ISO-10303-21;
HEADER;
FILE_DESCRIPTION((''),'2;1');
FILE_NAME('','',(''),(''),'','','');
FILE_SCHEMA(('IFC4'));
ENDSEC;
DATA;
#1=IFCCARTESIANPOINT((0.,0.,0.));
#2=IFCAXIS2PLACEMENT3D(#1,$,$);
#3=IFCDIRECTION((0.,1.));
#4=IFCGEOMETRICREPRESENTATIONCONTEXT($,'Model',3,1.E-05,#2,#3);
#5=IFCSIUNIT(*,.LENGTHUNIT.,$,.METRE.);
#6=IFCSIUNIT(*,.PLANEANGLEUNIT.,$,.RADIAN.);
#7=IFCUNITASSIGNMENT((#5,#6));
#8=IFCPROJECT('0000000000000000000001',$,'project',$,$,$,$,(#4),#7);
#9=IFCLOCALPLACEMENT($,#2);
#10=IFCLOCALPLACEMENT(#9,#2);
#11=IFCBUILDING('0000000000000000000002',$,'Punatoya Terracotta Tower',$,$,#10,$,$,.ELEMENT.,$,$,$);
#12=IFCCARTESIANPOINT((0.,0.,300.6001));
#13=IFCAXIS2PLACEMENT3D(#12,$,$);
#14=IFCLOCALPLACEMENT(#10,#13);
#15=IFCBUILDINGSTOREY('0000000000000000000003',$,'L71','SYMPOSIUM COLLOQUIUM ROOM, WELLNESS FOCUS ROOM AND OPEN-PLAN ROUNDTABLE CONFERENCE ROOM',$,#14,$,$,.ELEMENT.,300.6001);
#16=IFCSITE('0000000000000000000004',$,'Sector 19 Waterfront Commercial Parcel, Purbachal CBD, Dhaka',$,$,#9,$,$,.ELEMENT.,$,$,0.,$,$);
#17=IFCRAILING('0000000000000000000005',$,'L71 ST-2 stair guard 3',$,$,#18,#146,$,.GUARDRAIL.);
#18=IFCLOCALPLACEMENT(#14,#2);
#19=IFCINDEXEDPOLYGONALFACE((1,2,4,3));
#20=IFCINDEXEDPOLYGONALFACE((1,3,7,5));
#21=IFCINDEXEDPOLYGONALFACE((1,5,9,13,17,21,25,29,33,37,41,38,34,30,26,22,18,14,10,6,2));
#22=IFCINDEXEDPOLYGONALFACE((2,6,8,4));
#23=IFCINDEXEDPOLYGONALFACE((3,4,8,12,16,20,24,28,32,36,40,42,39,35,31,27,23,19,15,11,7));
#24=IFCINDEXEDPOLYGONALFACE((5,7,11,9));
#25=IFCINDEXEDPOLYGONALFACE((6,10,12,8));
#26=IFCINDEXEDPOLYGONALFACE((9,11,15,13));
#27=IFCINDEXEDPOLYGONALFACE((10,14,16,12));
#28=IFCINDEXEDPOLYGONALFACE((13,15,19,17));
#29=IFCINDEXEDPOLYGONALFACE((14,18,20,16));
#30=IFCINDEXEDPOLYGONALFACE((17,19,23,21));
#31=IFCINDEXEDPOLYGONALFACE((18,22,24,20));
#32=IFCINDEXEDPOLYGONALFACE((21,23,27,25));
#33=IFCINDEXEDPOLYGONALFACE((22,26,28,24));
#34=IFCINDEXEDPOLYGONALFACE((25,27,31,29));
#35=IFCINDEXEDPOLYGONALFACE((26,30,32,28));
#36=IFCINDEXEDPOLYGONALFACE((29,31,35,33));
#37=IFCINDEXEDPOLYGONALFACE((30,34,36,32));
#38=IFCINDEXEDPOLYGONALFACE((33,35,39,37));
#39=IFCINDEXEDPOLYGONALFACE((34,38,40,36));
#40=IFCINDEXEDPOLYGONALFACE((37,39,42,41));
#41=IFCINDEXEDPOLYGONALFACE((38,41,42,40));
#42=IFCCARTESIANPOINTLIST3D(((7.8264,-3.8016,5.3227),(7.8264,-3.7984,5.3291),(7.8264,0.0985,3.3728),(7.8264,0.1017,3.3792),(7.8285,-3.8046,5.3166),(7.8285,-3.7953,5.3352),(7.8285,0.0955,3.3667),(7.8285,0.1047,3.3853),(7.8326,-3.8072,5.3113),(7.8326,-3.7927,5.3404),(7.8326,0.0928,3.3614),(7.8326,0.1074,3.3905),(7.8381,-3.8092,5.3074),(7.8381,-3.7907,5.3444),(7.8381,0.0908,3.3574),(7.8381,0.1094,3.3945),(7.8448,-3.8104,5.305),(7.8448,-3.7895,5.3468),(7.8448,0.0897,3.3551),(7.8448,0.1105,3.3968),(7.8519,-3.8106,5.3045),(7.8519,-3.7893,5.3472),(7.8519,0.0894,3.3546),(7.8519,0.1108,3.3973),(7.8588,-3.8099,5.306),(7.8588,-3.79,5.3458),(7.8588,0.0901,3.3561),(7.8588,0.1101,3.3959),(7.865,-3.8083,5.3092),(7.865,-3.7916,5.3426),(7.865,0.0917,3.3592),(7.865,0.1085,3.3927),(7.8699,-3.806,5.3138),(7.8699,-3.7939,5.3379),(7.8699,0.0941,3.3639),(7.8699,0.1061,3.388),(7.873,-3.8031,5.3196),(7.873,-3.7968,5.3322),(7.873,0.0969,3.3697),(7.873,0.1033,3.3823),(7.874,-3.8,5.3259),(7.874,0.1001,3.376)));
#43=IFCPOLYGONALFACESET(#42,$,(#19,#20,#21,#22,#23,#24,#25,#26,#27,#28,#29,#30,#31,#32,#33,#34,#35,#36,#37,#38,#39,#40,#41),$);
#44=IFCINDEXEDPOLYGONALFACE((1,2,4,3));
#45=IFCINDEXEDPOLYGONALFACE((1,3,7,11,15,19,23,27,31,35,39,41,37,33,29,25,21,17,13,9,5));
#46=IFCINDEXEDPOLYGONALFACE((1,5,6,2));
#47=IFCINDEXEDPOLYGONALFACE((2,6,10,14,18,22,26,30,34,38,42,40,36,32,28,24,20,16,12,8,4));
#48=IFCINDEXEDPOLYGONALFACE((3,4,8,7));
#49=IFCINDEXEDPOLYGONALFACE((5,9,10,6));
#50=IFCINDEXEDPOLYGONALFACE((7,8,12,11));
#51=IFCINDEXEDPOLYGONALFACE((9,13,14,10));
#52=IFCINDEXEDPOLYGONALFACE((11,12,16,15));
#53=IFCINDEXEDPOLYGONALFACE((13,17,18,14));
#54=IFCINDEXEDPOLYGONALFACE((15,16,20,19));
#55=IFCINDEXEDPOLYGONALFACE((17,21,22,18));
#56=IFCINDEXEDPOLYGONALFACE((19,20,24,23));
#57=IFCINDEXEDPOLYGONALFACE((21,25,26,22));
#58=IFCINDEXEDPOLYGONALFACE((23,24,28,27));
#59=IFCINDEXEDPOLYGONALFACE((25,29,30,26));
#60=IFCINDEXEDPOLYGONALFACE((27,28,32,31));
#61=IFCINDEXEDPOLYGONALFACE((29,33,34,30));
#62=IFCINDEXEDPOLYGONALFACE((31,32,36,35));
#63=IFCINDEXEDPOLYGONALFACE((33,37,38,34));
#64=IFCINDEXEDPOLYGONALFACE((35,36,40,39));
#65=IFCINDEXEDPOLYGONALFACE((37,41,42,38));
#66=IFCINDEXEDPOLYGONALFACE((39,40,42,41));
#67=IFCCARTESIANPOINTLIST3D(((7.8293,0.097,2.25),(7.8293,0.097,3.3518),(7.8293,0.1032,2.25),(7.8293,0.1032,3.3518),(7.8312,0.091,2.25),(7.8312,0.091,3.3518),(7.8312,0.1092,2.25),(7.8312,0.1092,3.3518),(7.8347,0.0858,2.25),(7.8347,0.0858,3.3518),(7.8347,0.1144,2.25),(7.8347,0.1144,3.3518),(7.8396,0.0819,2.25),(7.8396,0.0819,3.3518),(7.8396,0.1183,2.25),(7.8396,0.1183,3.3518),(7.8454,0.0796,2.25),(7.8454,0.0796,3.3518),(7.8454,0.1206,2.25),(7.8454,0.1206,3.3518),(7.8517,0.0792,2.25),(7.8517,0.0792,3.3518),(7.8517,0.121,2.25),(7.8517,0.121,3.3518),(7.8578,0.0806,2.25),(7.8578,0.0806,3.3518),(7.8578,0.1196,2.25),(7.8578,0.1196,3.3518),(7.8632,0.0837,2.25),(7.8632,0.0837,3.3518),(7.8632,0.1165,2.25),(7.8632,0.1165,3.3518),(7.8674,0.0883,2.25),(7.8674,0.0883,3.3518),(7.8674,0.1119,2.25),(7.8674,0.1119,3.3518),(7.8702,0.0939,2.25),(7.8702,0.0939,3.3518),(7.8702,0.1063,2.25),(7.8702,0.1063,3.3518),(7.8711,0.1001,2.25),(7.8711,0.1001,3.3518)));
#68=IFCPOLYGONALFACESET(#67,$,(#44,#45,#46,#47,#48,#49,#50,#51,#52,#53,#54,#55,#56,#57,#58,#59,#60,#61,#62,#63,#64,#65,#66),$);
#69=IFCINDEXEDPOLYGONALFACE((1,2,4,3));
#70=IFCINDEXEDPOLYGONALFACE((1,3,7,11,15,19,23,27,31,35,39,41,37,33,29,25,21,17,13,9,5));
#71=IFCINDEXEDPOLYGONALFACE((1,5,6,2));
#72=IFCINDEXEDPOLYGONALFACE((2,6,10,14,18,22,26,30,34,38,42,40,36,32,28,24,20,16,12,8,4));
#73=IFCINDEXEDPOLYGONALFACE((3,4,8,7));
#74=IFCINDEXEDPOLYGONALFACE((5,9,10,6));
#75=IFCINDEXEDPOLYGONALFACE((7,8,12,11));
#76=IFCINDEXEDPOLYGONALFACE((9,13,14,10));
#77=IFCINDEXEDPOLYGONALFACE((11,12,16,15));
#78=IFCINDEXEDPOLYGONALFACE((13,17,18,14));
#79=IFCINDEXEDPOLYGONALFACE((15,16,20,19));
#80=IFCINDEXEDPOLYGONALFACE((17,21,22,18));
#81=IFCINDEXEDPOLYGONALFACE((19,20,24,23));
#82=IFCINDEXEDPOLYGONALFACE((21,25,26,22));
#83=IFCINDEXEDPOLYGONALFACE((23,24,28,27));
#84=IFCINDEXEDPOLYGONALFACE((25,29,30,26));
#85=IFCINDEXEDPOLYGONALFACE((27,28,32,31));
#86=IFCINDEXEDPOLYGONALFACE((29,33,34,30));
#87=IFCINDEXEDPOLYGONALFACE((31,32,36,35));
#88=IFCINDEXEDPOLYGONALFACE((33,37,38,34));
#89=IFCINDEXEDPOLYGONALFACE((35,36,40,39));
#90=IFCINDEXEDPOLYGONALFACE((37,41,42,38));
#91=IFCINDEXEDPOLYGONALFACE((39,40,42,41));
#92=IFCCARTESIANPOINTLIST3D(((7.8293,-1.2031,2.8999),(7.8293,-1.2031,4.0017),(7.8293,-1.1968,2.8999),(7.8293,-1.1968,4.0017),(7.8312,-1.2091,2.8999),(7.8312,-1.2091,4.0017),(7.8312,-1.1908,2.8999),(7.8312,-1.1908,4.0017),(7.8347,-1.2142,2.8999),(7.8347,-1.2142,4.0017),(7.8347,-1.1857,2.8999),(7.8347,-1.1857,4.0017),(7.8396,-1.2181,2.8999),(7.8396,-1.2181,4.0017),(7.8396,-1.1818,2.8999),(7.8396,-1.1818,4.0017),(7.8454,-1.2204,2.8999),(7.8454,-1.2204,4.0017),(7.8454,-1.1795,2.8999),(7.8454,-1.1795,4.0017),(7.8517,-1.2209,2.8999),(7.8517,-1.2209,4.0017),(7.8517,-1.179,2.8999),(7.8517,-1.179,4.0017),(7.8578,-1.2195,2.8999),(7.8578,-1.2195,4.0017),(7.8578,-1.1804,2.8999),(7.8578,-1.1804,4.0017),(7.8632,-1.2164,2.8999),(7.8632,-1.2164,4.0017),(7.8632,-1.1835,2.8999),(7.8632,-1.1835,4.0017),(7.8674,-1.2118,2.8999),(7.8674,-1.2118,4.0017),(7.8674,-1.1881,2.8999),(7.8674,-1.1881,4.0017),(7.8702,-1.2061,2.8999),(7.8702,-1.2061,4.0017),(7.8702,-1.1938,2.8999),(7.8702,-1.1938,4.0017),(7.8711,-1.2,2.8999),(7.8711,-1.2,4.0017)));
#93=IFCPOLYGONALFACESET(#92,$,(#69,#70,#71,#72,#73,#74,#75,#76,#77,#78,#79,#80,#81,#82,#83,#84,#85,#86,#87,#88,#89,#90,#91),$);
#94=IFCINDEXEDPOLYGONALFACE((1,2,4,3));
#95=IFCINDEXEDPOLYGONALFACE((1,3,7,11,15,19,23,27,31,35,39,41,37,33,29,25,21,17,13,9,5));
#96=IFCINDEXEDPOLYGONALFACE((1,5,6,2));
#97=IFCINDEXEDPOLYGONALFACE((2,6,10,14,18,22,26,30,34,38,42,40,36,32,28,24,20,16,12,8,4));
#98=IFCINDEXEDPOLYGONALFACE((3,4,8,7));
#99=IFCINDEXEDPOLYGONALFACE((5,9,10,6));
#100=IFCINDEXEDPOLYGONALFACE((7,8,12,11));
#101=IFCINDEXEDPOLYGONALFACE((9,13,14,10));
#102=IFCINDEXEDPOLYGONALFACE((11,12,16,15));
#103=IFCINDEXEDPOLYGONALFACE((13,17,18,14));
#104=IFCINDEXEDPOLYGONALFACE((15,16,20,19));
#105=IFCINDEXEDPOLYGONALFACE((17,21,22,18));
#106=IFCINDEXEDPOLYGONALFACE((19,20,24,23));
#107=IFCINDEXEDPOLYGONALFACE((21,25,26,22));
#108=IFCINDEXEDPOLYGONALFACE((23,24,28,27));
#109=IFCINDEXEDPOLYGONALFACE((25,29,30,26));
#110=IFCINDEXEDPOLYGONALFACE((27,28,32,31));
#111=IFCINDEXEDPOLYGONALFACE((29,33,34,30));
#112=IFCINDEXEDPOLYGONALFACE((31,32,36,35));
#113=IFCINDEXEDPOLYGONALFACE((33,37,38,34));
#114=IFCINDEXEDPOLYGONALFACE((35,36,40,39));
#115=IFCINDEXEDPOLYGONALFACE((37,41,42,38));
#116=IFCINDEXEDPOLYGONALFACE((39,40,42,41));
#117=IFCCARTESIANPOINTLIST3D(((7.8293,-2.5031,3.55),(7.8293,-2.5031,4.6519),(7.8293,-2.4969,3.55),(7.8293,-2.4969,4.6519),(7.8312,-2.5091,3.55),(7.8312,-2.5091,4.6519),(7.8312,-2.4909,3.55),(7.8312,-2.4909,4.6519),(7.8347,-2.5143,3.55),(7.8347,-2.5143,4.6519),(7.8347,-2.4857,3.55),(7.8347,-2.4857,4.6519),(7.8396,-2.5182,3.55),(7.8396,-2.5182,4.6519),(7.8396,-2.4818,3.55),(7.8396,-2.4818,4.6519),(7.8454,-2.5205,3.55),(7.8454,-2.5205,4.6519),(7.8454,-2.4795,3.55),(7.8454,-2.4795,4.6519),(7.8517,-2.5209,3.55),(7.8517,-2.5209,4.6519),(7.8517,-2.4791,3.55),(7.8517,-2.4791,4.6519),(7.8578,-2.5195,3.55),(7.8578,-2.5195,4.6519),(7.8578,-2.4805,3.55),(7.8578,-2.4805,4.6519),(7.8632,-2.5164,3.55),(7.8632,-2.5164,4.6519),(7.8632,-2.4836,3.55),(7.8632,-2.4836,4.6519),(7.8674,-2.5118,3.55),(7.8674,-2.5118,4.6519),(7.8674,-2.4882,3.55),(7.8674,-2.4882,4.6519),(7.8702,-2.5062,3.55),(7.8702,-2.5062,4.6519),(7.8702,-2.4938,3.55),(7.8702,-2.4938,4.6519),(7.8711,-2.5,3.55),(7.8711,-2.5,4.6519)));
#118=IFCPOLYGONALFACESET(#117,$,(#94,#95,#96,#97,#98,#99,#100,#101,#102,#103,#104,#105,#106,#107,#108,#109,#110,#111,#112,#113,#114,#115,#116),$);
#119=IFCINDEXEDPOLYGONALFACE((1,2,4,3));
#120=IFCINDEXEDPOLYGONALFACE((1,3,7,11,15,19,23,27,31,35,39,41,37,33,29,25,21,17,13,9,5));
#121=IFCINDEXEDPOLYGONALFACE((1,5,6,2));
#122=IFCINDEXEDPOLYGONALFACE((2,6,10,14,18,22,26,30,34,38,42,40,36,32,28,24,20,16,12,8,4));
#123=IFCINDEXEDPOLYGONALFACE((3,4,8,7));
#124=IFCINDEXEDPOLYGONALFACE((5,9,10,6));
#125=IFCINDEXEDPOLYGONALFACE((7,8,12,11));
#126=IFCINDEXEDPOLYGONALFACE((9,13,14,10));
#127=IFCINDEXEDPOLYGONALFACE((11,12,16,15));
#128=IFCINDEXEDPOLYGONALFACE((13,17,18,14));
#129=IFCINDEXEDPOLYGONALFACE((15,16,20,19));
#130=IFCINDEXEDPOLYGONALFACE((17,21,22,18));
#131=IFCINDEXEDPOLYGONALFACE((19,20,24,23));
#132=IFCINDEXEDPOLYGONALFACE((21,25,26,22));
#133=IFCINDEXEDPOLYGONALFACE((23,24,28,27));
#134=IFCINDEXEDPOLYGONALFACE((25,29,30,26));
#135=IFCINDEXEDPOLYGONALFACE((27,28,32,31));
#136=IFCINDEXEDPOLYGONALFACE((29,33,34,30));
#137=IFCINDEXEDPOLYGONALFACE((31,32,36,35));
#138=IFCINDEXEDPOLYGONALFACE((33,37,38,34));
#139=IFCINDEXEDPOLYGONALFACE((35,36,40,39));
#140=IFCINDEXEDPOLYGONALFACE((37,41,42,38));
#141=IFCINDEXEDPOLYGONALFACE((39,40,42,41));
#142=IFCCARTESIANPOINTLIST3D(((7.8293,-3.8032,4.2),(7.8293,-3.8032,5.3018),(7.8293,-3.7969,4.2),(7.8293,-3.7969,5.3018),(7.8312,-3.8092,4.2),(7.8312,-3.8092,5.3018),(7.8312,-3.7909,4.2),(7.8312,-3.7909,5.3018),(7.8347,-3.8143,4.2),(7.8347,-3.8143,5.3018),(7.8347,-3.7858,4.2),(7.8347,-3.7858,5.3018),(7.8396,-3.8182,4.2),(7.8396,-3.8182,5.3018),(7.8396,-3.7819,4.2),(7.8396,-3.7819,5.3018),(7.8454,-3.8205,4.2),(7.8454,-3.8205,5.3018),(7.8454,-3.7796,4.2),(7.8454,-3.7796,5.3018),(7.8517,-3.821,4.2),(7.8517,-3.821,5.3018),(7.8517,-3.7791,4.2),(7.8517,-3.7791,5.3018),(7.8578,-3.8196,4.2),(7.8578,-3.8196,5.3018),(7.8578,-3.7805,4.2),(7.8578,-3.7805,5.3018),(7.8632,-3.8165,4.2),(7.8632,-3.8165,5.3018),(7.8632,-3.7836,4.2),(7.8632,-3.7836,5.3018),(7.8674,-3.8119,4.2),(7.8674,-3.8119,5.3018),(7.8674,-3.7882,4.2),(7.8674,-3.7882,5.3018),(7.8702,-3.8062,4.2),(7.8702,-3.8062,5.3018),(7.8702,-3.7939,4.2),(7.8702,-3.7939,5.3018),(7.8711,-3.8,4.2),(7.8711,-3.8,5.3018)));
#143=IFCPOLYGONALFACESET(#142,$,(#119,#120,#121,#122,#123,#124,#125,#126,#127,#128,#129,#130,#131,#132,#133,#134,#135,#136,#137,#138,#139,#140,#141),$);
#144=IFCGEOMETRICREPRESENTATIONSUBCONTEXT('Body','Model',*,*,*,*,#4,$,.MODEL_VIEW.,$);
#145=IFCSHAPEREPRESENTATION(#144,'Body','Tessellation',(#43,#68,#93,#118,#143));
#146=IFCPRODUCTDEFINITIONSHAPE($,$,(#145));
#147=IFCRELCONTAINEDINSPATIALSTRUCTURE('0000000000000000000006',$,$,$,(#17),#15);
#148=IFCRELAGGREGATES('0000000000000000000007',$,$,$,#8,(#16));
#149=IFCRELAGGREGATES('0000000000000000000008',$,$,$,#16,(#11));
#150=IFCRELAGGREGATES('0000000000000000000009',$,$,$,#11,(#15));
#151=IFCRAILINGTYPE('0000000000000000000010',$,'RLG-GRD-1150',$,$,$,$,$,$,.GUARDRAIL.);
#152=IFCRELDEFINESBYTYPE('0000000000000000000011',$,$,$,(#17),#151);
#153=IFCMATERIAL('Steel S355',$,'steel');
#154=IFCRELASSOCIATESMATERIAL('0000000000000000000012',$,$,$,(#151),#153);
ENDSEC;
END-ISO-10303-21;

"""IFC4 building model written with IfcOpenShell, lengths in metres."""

from ifc_helpers import new_model, si_unit, direction, frame, origin, origin_2d, place, context, subcontext, project, spatial, circle, extrude, material, type_object, element, save


model = new_model("IFC4")

# Units and contexts
model_context = context("Model", 3, precision=1e-05, world=origin(), true_north=direction((0.0, 1.0)))
body_context = subcontext(model_context, "Body", "Model", "MODEL_VIEW")
ifc_project = project(units=[si_unit("LENGTHUNIT", "METRE"), si_unit("PLANEANGLEUNIT", "RADIAN")], contexts=[model_context])

# Site, building, storey
site_placement = place(None, origin())
site = spatial("IfcSite", under=ifc_project, at=site_placement, Name="Sector 19 Waterfront Commercial Parcel, Purbachal CBD, Dhaka", CompositionType="ELEMENT", RefElevation=0.0)
building_placement = place(site_placement, origin())
building = spatial("IfcBuilding", under=site, at=building_placement, Name="Punatoya Terracotta Tower", CompositionType="ELEMENT")
storey_placement = place(building_placement, frame((0.0, 0.0, 300.6001)))
storey = spatial("IfcBuildingStorey", under=building, at=storey_placement, Name="L71", Description="SYMPOSIUM COLLOQUIUM ROOM, WELLNESS FOCUS ROOM AND OPEN-PLAN ROUNDTABLE CONFERENCE ROOM", CompositionType="ELEMENT", Elevation=300.6001)

# Shared definitions
ifc_material_1 = material(Name="Steel S355", Category="steel")

# Railing
railing_type_1 = type_object("IfcRailingType", Name="RLG-GRD-1150", PredefinedType="GUARDRAIL", material=ifc_material_1)
railing_1_placement = place(storey_placement, frame((7.8501, 0.1001, 2.25)))
element("IfcRailing", 1, at=railing_1_placement, inside=storey, type_object=railing_type_1, Name="L71 ST-2 stair guard 3", PredefinedType="GUARDRAIL", context=body_context, shape_type="SweptSolid", body=[
    extrude(circle(Radius=0.0239, at=origin_2d()), frame((0.0, 0.0, 1.126), z_axis=(0.0, -0.894438, 0.447191), x_axis=(1.0, 0.0, 0.0)), (0.0, 0.0, 1.0), 4.3604),
    extrude(circle(Radius=0.021, at=origin_2d()), origin(), (0.0, 0.0, 1.0), 1.1018),
    extrude(circle(Radius=0.021, at=origin_2d()), frame((0.0, -1.3, 0.6499)), (0.0, 0.0, 1.0), 1.1018),
    extrude(circle(Radius=0.021, at=origin_2d()), frame((0.0, -2.6001, 1.3)), (0.0, 0.0, 1.0), 1.1018),
    extrude(circle(Radius=0.021, at=origin_2d()), frame((0.0, -3.9001, 1.95)), (0.0, 0.0, 1.0), 1.1018),
])

save(model, "model.ifc")
